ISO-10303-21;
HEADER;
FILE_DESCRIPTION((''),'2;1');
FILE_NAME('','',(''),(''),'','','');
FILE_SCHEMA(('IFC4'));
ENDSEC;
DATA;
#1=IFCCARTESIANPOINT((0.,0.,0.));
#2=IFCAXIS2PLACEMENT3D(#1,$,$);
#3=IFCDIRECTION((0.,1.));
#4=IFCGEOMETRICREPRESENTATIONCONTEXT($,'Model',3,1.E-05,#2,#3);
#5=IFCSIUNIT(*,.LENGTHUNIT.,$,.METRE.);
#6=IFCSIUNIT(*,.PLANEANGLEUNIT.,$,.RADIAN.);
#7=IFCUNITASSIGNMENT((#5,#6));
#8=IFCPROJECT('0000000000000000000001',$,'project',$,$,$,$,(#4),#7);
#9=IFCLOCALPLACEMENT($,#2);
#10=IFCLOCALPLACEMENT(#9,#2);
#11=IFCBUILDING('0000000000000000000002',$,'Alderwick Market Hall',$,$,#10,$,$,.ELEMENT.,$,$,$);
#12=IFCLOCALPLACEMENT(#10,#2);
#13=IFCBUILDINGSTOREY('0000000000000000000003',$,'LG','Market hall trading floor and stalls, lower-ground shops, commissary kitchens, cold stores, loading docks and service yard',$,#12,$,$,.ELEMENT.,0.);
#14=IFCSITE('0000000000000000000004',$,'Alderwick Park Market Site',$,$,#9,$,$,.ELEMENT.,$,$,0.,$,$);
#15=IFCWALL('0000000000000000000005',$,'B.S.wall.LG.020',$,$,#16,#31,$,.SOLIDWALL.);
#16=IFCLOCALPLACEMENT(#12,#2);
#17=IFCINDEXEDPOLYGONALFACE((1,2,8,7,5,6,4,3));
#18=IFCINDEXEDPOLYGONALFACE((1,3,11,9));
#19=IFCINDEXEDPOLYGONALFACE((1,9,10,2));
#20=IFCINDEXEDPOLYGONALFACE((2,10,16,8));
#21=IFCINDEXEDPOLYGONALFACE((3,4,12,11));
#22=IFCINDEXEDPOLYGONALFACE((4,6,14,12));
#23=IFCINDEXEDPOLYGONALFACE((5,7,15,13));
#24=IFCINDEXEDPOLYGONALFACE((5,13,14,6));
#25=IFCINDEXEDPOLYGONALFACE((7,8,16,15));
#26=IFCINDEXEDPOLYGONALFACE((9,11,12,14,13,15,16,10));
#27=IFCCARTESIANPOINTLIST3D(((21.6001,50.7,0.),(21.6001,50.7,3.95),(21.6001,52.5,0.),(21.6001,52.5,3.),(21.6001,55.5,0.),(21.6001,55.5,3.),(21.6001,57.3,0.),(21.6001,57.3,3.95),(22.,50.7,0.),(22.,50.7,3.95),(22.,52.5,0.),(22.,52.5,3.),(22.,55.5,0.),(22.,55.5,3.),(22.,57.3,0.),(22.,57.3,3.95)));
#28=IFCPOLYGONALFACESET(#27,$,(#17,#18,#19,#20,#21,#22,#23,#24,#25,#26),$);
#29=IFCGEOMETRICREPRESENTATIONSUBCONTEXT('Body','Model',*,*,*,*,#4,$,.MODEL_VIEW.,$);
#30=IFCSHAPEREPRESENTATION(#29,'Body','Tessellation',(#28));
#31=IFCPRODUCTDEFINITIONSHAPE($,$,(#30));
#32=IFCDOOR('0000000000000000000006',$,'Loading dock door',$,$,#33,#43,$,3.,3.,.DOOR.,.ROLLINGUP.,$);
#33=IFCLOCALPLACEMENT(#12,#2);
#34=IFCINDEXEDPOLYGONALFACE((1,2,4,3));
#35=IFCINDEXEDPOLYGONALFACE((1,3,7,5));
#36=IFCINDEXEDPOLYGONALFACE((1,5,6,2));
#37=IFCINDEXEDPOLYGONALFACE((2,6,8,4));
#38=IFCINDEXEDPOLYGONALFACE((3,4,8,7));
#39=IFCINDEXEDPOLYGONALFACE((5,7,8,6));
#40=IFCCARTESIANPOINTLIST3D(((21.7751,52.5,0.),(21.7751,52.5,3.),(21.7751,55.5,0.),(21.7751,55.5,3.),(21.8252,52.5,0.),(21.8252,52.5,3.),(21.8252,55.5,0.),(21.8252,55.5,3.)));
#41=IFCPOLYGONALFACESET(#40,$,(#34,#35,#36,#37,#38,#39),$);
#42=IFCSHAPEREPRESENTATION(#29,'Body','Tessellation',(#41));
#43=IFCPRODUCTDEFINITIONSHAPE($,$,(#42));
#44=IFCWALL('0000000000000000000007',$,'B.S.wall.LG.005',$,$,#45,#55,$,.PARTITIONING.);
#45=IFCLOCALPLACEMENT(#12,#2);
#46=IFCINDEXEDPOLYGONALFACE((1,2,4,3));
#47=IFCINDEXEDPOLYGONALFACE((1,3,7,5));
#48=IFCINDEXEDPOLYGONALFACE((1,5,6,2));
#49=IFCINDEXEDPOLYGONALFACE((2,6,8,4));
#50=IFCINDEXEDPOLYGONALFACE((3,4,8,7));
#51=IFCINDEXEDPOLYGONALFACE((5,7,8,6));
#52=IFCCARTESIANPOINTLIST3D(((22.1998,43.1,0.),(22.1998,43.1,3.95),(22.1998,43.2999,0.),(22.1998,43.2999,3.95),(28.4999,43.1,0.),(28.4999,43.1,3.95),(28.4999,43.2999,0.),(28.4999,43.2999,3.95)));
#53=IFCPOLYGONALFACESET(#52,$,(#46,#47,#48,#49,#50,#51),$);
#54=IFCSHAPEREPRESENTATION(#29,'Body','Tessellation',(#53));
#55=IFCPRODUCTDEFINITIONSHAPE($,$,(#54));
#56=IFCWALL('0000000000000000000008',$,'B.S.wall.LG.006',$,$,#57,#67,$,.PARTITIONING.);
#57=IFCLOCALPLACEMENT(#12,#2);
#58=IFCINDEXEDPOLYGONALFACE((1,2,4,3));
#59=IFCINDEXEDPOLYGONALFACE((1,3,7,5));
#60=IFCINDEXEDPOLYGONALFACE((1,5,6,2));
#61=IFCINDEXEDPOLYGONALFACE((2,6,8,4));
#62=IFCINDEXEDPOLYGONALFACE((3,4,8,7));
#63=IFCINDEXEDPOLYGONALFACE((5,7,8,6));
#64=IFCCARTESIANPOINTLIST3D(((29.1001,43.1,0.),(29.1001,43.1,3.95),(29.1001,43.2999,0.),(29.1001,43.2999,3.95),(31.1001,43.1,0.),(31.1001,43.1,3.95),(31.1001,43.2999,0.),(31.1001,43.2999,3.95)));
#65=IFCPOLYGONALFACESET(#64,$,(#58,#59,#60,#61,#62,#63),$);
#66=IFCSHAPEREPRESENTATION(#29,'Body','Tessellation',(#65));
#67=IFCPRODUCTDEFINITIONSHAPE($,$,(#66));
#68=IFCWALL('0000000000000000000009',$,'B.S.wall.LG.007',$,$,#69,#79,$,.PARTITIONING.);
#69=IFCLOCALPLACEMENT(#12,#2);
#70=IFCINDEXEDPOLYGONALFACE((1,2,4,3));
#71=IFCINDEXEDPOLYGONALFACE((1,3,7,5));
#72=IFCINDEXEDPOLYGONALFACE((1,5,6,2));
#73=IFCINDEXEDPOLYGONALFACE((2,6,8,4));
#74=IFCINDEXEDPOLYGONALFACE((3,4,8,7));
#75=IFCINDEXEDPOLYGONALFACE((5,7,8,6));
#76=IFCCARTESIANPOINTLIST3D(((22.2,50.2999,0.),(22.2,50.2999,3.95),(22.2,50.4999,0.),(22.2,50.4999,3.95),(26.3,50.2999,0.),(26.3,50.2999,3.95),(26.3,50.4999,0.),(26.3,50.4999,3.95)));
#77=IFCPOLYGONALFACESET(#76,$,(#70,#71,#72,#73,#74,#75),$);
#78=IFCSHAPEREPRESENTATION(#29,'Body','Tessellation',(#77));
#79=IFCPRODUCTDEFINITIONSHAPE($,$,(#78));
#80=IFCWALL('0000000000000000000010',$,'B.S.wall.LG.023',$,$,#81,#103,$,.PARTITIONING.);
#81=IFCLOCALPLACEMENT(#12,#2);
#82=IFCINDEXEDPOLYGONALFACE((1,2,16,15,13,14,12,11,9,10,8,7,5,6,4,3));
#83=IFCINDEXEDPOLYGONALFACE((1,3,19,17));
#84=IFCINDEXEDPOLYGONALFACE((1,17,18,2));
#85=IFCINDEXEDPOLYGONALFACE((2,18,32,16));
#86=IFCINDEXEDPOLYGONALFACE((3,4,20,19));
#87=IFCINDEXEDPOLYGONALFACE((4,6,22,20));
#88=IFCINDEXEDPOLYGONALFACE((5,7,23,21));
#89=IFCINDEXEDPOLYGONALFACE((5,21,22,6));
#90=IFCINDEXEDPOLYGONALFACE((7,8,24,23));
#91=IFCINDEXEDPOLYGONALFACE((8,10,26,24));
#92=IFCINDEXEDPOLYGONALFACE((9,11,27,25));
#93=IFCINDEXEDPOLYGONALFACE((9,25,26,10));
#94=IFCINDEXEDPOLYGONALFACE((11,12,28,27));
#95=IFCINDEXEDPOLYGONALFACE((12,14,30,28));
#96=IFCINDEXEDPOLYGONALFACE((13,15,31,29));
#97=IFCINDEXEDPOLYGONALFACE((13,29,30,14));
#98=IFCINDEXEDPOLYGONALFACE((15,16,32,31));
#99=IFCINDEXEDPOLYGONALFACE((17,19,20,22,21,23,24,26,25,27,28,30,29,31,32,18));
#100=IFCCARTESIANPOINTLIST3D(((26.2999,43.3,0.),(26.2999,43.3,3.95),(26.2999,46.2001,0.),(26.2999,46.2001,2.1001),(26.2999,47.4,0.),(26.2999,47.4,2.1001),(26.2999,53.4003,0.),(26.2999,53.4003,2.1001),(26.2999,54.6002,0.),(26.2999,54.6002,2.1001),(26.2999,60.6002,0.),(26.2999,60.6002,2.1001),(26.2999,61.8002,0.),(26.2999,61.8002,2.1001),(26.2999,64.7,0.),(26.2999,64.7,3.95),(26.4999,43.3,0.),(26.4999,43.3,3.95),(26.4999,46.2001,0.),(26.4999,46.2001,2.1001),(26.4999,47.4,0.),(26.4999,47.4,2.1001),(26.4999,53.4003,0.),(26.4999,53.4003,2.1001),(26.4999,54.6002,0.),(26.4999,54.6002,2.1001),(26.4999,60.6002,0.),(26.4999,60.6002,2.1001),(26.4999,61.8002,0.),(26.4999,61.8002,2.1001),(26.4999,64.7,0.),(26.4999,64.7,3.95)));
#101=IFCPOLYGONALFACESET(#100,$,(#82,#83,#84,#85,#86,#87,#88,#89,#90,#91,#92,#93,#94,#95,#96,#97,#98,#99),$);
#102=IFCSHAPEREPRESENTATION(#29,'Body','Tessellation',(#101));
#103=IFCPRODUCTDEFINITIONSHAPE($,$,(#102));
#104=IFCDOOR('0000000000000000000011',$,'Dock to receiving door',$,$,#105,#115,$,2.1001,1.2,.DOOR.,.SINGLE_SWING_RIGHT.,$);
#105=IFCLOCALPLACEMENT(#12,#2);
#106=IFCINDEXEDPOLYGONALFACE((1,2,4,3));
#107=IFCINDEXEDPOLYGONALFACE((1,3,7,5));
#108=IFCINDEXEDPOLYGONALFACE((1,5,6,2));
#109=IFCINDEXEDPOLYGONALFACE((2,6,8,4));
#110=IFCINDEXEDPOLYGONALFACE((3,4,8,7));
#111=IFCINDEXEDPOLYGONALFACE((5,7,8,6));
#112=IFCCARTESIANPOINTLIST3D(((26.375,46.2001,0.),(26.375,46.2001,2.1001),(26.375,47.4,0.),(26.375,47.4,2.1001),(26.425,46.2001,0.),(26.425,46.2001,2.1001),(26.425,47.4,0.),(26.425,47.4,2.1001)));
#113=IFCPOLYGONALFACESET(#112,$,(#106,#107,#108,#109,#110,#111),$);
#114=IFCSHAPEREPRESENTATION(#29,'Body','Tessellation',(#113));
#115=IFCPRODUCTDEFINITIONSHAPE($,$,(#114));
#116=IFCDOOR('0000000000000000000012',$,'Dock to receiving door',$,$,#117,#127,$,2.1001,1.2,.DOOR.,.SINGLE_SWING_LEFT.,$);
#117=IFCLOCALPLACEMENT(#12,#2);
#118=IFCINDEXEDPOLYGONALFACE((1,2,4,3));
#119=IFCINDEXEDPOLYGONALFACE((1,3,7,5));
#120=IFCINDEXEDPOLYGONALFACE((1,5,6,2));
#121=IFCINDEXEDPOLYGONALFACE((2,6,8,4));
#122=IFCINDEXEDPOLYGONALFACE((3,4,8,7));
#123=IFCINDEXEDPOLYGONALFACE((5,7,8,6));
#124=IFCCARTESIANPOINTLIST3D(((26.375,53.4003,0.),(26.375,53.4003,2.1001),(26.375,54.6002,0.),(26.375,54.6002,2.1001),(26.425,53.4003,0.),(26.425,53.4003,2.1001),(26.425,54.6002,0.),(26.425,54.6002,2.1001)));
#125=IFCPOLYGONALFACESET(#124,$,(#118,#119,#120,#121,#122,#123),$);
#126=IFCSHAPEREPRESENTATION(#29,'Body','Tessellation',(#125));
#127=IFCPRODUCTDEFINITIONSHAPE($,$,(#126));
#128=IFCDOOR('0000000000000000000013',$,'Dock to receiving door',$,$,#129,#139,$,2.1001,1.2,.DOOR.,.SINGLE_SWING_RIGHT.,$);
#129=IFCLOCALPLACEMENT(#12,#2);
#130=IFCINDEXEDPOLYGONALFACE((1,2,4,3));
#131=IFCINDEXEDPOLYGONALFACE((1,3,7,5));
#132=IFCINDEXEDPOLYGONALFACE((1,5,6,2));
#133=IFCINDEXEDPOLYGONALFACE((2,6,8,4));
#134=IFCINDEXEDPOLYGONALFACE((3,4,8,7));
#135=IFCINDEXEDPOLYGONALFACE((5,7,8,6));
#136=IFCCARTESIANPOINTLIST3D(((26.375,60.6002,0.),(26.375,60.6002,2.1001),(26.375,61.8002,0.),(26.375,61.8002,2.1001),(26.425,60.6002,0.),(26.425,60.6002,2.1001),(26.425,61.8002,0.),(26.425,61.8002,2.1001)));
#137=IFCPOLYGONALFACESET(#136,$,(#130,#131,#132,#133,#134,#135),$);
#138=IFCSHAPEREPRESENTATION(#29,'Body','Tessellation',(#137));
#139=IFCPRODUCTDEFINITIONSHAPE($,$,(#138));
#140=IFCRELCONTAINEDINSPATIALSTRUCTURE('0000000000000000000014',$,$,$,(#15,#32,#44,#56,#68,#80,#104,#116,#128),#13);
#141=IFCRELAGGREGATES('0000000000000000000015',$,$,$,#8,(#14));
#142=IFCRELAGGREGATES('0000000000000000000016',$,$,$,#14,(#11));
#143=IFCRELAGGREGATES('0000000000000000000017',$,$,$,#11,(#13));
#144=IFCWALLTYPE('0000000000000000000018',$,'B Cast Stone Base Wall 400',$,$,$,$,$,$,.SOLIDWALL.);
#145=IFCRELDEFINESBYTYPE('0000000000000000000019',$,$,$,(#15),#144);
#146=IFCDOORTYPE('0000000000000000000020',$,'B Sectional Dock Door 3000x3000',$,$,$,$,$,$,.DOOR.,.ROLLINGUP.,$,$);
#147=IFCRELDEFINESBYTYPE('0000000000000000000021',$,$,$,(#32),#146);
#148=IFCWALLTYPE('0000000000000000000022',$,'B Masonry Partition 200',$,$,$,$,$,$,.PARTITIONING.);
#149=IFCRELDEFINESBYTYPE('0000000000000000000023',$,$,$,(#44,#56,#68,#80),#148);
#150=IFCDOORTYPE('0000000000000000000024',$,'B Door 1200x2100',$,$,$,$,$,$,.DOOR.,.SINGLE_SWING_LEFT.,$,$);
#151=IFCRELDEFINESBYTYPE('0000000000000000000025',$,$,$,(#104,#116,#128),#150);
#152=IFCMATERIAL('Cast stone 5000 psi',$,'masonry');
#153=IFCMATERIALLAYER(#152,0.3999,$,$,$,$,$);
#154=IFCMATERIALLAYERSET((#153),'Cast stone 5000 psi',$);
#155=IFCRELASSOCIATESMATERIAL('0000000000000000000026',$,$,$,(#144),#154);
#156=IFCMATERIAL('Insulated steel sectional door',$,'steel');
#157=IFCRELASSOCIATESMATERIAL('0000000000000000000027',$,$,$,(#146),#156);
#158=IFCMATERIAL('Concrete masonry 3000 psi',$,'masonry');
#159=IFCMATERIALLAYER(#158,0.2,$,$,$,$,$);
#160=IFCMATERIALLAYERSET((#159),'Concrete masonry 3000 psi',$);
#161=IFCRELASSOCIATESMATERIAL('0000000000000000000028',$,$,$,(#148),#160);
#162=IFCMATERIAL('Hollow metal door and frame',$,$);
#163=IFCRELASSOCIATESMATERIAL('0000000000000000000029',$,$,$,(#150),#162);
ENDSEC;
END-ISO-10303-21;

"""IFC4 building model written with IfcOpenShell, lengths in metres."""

from ifc_helpers import new_model, si_unit, direction, frame, frame_2d, origin, place, context, subcontext, project, spatial, rectangle, extrude, material, layer, layer_set, type_object, element, fill, save


model = new_model("IFC4")

# Units and contexts
model_context = context("Model", 3, precision=1e-05, world=origin(), true_north=direction((0.0, 1.0)))
body_context = subcontext(model_context, "Body", "Model", "MODEL_VIEW")
ifc_project = project(units=[si_unit("LENGTHUNIT", "METRE"), si_unit("PLANEANGLEUNIT", "RADIAN")], contexts=[model_context])

# Site, building, storey
site_placement = place(None, origin())
site = spatial("IfcSite", under=ifc_project, at=site_placement, Name="Alderwick Park Market Site", CompositionType="ELEMENT", RefElevation=0.0)
building_placement = place(site_placement, origin())
building = spatial("IfcBuilding", under=site, at=building_placement, Name="Alderwick Market Hall", CompositionType="ELEMENT")
storey_placement = place(building_placement, origin())
storey = spatial("IfcBuildingStorey", under=building, at=storey_placement, Name="LG", Description="Market hall trading floor and stalls, lower-ground shops, commissary kitchens, cold stores, loading docks and service yard", CompositionType="ELEMENT", Elevation=0.0)

# Shared definitions
ifc_material_1 = material(Name="Cast stone 5000 psi", Category="masonry")

# Wall, opening, door
ifc_layer_1 = layer(ifc_material_1, 0.3999)
ifc_layer_set_1 = layer_set([ifc_layer_1], Name="Cast stone 5000 psi")
wall_type_1 = type_object("IfcWallType", Name="B Cast Stone Base Wall 400", PredefinedType="SOLIDWALL", material=ifc_layer_set_1)
ifc_material_2 = material(Name="Insulated steel sectional door", Category="steel")
door_type_1 = type_object("IfcDoorType", Name="B Sectional Dock Door 3000x3000", OperationType="ROLLINGUP", PredefinedType="DOOR", material=ifc_material_2)
wall_1_placement = place(storey_placement, frame((21.8, 50.7, 0.0), z_axis=(0.0, 0.0, 1.0), x_axis=(0.0, 1.0, 0.0)))
wall_1 = element("IfcWall", 1, at=wall_1_placement, inside=storey, type_object=wall_type_1, Name="B.S.wall.LG.020", PredefinedType="SOLIDWALL", context=body_context, shape_type="SweptSolid", body=[
    extrude(rectangle(XDim=6.6001, YDim=0.3999, at=frame_2d((3.3, 0.0))), origin(), (0.0, 0.0, 1.0), 3.95),
])
opening_1_placement = place(wall_1_placement, frame((1.8, 0.0, 0.0)))
opening_1 = element("IfcOpeningElement", 2, at=opening_1_placement, cuts=wall_1, PredefinedType="OPENING", context=body_context, shape_type="SweptSolid", body=[
    extrude(rectangle(XDim=3.0, YDim=3.0, at=frame_2d((1.5, 1.5))), frame((0.0, 0.21, 0.0), z_axis=(0.0, -1.0, 0.0), x_axis=(1.0, 0.0, 0.0)), (0.0, 0.0, 1.0), 0.4199),
])
door_1_placement = place(opening_1_placement, origin())
door_1 = element("IfcDoor", 3, at=door_1_placement, inside=storey, type_object=door_type_1, Name="Loading dock door", OperationType="ROLLINGUP", OverallHeight=3.0, OverallWidth=3.0, PredefinedType="DOOR", context=body_context, shape_type="SweptSolid", body=[
    extrude(rectangle(XDim=3.0, YDim=3.0, at=frame_2d((1.5, 1.5))), frame((0.0, 0.0249, 0.0), z_axis=(0.0, -1.0, 0.0), x_axis=(1.0, 0.0, 0.0)), (0.0, 0.0, 1.0), 0.05),
])
fill(opening_1, door_1)

# Walls
ifc_material_3 = material(Name="Concrete masonry 3000 psi", Category="masonry")
ifc_layer_2 = layer(ifc_material_3, 0.2)
ifc_layer_set_2 = layer_set([ifc_layer_2], Name="Concrete masonry 3000 psi")
wall_type_2 = type_object("IfcWallType", Name="B Masonry Partition 200", PredefinedType="PARTITIONING", material=ifc_layer_set_2)
wall_2_placement = place(storey_placement, frame((22.2, 43.2, 0.0), z_axis=(0.0, 0.0, 1.0), x_axis=(1.0, 0.0, 0.0)))
element("IfcWall", 4, at=wall_2_placement, inside=storey, type_object=wall_type_2, Name="B.S.wall.LG.005", PredefinedType="PARTITIONING", context=body_context, shape_type="SweptSolid", body=[
    extrude(rectangle(XDim=6.3, YDim=0.2, at=frame_2d((3.1499, 0.0))), origin(), (0.0, 0.0, 1.0), 3.95),
])
wall_3_placement = place(storey_placement, frame((29.1001, 43.2, 0.0), z_axis=(0.0, 0.0, 1.0), x_axis=(1.0, 0.0, 0.0)))
element("IfcWall", 5, at=wall_3_placement, inside=storey, type_object=wall_type_2, Name="B.S.wall.LG.006", PredefinedType="PARTITIONING", context=body_context, shape_type="SweptSolid", body=[
    extrude(rectangle(XDim=2.0, YDim=0.2, at=frame_2d((1.0, 0.0))), origin(), (0.0, 0.0, 1.0), 3.95),
])
wall_4_placement = place(storey_placement, frame((22.2, 50.3999, 0.0), z_axis=(0.0, 0.0, 1.0), x_axis=(1.0, 0.0, 0.0)))
element("IfcWall", 6, at=wall_4_placement, inside=storey, type_object=wall_type_2, Name="B.S.wall.LG.007", PredefinedType="PARTITIONING", context=body_context, shape_type="SweptSolid", body=[
    extrude(rectangle(XDim=4.1001, YDim=0.2, at=frame_2d((2.05, 0.0))), origin(), (0.0, 0.0, 1.0), 3.95),
])

# Wall, openings, doors
wall_5_placement = place(storey_placement, frame((26.3999, 43.3, 0.0), z_axis=(0.0, 0.0, 1.0), x_axis=(0.0, 1.0, 0.0)))
wall_5 = element("IfcWall", 7, at=wall_5_placement, inside=storey, type_object=wall_type_2, Name="B.S.wall.LG.023", PredefinedType="PARTITIONING", context=body_context, shape_type="SweptSolid", body=[
    extrude(rectangle(XDim=21.3999, YDim=0.2, at=frame_2d((10.7, 0.0))), origin(), (0.0, 0.0, 1.0), 3.95),
])
opening_2_placement = place(wall_5_placement, frame((2.8999, 0.0, 0.0)))
opening_2 = element("IfcOpeningElement", 8, at=opening_2_placement, cuts=wall_5, PredefinedType="OPENING", context=body_context, shape_type="SweptSolid", body=[
    extrude(rectangle(XDim=1.2, YDim=2.1001, at=frame_2d((0.6001, 1.05))), frame((0.0, 0.1099, 0.0), z_axis=(0.0, -1.0, 0.0), x_axis=(1.0, 0.0, 0.0)), (0.0, 0.0, 1.0), 0.22),
])
opening_3_placement = place(wall_5_placement, frame((10.1001, 0.0, 0.0)))
opening_3 = element("IfcOpeningElement", 9, at=opening_3_placement, cuts=wall_5, PredefinedType="OPENING", context=body_context, shape_type="SweptSolid", body=[
    extrude(rectangle(XDim=1.2, YDim=2.1001, at=frame_2d((0.6001, 1.05))), frame((0.0, 0.1099, 0.0), z_axis=(0.0, -1.0, 0.0), x_axis=(1.0, 0.0, 0.0)), (0.0, 0.0, 1.0), 0.22),
])
opening_4_placement = place(wall_5_placement, frame((17.3, 0.0, 0.0)))
opening_4 = element("IfcOpeningElement", 10, at=opening_4_placement, cuts=wall_5, PredefinedType="OPENING", context=body_context, shape_type="SweptSolid", body=[
    extrude(rectangle(XDim=1.2, YDim=2.1001, at=frame_2d((0.6001, 1.05))), frame((0.0, 0.1099, 0.0), z_axis=(0.0, -1.0, 0.0), x_axis=(1.0, 0.0, 0.0)), (0.0, 0.0, 1.0), 0.22),
])
ifc_material_4 = material(Name="Hollow metal door and frame")
door_type_2 = type_object("IfcDoorType", Name="B Door 1200x2100", OperationType="SINGLE_SWING_LEFT", PredefinedType="DOOR", material=ifc_material_4)
door_2_placement = place(opening_2_placement, origin())
door_2 = element("IfcDoor", 11, at=door_2_placement, inside=storey, type_object=door_type_2, Name="Dock to receiving door", OperationType="SINGLE_SWING_RIGHT", OverallHeight=2.1001, OverallWidth=1.2, PredefinedType="DOOR", context=body_context, shape_type="SweptSolid", body=[
    extrude(rectangle(XDim=1.2, YDim=2.1001, at=frame_2d((0.6001, 1.05))), frame((0.0, 0.0249, 0.0), z_axis=(0.0, -1.0, 0.0), x_axis=(1.0, 0.0, 0.0)), (0.0, 0.0, 1.0), 0.05),
])
fill(opening_2, door_2)
door_3_placement = place(opening_3_placement, origin())
door_3 = element("IfcDoor", 12, at=door_3_placement, inside=storey, type_object=door_type_2, Name="Dock to receiving door", OperationType="SINGLE_SWING_LEFT", OverallHeight=2.1001, OverallWidth=1.2, PredefinedType="DOOR", context=body_context, shape_type="SweptSolid", body=[
    extrude(rectangle(XDim=1.2, YDim=2.1001, at=frame_2d((0.6001, 1.05))), frame((0.0, 0.0249, 0.0), z_axis=(0.0, -1.0, 0.0), x_axis=(1.0, 0.0, 0.0)), (0.0, 0.0, 1.0), 0.05),
])
fill(opening_3, door_3)
door_4_placement = place(opening_4_placement, origin())
door_4 = element("IfcDoor", 13, at=door_4_placement, inside=storey, type_object=door_type_2, Name="Dock to receiving door", OperationType="SINGLE_SWING_RIGHT", OverallHeight=2.1001, OverallWidth=1.2, PredefinedType="DOOR", context=body_context, shape_type="SweptSolid", body=[
    extrude(rectangle(XDim=1.2, YDim=2.1001, at=frame_2d((0.6001, 1.05))), frame((0.0, 0.0249, 0.0), z_axis=(0.0, -1.0, 0.0), x_axis=(1.0, 0.0, 0.0)), (0.0, 0.0, 1.0), 0.05),
])
fill(opening_4, door_4)

save(model, "model.ifc")
